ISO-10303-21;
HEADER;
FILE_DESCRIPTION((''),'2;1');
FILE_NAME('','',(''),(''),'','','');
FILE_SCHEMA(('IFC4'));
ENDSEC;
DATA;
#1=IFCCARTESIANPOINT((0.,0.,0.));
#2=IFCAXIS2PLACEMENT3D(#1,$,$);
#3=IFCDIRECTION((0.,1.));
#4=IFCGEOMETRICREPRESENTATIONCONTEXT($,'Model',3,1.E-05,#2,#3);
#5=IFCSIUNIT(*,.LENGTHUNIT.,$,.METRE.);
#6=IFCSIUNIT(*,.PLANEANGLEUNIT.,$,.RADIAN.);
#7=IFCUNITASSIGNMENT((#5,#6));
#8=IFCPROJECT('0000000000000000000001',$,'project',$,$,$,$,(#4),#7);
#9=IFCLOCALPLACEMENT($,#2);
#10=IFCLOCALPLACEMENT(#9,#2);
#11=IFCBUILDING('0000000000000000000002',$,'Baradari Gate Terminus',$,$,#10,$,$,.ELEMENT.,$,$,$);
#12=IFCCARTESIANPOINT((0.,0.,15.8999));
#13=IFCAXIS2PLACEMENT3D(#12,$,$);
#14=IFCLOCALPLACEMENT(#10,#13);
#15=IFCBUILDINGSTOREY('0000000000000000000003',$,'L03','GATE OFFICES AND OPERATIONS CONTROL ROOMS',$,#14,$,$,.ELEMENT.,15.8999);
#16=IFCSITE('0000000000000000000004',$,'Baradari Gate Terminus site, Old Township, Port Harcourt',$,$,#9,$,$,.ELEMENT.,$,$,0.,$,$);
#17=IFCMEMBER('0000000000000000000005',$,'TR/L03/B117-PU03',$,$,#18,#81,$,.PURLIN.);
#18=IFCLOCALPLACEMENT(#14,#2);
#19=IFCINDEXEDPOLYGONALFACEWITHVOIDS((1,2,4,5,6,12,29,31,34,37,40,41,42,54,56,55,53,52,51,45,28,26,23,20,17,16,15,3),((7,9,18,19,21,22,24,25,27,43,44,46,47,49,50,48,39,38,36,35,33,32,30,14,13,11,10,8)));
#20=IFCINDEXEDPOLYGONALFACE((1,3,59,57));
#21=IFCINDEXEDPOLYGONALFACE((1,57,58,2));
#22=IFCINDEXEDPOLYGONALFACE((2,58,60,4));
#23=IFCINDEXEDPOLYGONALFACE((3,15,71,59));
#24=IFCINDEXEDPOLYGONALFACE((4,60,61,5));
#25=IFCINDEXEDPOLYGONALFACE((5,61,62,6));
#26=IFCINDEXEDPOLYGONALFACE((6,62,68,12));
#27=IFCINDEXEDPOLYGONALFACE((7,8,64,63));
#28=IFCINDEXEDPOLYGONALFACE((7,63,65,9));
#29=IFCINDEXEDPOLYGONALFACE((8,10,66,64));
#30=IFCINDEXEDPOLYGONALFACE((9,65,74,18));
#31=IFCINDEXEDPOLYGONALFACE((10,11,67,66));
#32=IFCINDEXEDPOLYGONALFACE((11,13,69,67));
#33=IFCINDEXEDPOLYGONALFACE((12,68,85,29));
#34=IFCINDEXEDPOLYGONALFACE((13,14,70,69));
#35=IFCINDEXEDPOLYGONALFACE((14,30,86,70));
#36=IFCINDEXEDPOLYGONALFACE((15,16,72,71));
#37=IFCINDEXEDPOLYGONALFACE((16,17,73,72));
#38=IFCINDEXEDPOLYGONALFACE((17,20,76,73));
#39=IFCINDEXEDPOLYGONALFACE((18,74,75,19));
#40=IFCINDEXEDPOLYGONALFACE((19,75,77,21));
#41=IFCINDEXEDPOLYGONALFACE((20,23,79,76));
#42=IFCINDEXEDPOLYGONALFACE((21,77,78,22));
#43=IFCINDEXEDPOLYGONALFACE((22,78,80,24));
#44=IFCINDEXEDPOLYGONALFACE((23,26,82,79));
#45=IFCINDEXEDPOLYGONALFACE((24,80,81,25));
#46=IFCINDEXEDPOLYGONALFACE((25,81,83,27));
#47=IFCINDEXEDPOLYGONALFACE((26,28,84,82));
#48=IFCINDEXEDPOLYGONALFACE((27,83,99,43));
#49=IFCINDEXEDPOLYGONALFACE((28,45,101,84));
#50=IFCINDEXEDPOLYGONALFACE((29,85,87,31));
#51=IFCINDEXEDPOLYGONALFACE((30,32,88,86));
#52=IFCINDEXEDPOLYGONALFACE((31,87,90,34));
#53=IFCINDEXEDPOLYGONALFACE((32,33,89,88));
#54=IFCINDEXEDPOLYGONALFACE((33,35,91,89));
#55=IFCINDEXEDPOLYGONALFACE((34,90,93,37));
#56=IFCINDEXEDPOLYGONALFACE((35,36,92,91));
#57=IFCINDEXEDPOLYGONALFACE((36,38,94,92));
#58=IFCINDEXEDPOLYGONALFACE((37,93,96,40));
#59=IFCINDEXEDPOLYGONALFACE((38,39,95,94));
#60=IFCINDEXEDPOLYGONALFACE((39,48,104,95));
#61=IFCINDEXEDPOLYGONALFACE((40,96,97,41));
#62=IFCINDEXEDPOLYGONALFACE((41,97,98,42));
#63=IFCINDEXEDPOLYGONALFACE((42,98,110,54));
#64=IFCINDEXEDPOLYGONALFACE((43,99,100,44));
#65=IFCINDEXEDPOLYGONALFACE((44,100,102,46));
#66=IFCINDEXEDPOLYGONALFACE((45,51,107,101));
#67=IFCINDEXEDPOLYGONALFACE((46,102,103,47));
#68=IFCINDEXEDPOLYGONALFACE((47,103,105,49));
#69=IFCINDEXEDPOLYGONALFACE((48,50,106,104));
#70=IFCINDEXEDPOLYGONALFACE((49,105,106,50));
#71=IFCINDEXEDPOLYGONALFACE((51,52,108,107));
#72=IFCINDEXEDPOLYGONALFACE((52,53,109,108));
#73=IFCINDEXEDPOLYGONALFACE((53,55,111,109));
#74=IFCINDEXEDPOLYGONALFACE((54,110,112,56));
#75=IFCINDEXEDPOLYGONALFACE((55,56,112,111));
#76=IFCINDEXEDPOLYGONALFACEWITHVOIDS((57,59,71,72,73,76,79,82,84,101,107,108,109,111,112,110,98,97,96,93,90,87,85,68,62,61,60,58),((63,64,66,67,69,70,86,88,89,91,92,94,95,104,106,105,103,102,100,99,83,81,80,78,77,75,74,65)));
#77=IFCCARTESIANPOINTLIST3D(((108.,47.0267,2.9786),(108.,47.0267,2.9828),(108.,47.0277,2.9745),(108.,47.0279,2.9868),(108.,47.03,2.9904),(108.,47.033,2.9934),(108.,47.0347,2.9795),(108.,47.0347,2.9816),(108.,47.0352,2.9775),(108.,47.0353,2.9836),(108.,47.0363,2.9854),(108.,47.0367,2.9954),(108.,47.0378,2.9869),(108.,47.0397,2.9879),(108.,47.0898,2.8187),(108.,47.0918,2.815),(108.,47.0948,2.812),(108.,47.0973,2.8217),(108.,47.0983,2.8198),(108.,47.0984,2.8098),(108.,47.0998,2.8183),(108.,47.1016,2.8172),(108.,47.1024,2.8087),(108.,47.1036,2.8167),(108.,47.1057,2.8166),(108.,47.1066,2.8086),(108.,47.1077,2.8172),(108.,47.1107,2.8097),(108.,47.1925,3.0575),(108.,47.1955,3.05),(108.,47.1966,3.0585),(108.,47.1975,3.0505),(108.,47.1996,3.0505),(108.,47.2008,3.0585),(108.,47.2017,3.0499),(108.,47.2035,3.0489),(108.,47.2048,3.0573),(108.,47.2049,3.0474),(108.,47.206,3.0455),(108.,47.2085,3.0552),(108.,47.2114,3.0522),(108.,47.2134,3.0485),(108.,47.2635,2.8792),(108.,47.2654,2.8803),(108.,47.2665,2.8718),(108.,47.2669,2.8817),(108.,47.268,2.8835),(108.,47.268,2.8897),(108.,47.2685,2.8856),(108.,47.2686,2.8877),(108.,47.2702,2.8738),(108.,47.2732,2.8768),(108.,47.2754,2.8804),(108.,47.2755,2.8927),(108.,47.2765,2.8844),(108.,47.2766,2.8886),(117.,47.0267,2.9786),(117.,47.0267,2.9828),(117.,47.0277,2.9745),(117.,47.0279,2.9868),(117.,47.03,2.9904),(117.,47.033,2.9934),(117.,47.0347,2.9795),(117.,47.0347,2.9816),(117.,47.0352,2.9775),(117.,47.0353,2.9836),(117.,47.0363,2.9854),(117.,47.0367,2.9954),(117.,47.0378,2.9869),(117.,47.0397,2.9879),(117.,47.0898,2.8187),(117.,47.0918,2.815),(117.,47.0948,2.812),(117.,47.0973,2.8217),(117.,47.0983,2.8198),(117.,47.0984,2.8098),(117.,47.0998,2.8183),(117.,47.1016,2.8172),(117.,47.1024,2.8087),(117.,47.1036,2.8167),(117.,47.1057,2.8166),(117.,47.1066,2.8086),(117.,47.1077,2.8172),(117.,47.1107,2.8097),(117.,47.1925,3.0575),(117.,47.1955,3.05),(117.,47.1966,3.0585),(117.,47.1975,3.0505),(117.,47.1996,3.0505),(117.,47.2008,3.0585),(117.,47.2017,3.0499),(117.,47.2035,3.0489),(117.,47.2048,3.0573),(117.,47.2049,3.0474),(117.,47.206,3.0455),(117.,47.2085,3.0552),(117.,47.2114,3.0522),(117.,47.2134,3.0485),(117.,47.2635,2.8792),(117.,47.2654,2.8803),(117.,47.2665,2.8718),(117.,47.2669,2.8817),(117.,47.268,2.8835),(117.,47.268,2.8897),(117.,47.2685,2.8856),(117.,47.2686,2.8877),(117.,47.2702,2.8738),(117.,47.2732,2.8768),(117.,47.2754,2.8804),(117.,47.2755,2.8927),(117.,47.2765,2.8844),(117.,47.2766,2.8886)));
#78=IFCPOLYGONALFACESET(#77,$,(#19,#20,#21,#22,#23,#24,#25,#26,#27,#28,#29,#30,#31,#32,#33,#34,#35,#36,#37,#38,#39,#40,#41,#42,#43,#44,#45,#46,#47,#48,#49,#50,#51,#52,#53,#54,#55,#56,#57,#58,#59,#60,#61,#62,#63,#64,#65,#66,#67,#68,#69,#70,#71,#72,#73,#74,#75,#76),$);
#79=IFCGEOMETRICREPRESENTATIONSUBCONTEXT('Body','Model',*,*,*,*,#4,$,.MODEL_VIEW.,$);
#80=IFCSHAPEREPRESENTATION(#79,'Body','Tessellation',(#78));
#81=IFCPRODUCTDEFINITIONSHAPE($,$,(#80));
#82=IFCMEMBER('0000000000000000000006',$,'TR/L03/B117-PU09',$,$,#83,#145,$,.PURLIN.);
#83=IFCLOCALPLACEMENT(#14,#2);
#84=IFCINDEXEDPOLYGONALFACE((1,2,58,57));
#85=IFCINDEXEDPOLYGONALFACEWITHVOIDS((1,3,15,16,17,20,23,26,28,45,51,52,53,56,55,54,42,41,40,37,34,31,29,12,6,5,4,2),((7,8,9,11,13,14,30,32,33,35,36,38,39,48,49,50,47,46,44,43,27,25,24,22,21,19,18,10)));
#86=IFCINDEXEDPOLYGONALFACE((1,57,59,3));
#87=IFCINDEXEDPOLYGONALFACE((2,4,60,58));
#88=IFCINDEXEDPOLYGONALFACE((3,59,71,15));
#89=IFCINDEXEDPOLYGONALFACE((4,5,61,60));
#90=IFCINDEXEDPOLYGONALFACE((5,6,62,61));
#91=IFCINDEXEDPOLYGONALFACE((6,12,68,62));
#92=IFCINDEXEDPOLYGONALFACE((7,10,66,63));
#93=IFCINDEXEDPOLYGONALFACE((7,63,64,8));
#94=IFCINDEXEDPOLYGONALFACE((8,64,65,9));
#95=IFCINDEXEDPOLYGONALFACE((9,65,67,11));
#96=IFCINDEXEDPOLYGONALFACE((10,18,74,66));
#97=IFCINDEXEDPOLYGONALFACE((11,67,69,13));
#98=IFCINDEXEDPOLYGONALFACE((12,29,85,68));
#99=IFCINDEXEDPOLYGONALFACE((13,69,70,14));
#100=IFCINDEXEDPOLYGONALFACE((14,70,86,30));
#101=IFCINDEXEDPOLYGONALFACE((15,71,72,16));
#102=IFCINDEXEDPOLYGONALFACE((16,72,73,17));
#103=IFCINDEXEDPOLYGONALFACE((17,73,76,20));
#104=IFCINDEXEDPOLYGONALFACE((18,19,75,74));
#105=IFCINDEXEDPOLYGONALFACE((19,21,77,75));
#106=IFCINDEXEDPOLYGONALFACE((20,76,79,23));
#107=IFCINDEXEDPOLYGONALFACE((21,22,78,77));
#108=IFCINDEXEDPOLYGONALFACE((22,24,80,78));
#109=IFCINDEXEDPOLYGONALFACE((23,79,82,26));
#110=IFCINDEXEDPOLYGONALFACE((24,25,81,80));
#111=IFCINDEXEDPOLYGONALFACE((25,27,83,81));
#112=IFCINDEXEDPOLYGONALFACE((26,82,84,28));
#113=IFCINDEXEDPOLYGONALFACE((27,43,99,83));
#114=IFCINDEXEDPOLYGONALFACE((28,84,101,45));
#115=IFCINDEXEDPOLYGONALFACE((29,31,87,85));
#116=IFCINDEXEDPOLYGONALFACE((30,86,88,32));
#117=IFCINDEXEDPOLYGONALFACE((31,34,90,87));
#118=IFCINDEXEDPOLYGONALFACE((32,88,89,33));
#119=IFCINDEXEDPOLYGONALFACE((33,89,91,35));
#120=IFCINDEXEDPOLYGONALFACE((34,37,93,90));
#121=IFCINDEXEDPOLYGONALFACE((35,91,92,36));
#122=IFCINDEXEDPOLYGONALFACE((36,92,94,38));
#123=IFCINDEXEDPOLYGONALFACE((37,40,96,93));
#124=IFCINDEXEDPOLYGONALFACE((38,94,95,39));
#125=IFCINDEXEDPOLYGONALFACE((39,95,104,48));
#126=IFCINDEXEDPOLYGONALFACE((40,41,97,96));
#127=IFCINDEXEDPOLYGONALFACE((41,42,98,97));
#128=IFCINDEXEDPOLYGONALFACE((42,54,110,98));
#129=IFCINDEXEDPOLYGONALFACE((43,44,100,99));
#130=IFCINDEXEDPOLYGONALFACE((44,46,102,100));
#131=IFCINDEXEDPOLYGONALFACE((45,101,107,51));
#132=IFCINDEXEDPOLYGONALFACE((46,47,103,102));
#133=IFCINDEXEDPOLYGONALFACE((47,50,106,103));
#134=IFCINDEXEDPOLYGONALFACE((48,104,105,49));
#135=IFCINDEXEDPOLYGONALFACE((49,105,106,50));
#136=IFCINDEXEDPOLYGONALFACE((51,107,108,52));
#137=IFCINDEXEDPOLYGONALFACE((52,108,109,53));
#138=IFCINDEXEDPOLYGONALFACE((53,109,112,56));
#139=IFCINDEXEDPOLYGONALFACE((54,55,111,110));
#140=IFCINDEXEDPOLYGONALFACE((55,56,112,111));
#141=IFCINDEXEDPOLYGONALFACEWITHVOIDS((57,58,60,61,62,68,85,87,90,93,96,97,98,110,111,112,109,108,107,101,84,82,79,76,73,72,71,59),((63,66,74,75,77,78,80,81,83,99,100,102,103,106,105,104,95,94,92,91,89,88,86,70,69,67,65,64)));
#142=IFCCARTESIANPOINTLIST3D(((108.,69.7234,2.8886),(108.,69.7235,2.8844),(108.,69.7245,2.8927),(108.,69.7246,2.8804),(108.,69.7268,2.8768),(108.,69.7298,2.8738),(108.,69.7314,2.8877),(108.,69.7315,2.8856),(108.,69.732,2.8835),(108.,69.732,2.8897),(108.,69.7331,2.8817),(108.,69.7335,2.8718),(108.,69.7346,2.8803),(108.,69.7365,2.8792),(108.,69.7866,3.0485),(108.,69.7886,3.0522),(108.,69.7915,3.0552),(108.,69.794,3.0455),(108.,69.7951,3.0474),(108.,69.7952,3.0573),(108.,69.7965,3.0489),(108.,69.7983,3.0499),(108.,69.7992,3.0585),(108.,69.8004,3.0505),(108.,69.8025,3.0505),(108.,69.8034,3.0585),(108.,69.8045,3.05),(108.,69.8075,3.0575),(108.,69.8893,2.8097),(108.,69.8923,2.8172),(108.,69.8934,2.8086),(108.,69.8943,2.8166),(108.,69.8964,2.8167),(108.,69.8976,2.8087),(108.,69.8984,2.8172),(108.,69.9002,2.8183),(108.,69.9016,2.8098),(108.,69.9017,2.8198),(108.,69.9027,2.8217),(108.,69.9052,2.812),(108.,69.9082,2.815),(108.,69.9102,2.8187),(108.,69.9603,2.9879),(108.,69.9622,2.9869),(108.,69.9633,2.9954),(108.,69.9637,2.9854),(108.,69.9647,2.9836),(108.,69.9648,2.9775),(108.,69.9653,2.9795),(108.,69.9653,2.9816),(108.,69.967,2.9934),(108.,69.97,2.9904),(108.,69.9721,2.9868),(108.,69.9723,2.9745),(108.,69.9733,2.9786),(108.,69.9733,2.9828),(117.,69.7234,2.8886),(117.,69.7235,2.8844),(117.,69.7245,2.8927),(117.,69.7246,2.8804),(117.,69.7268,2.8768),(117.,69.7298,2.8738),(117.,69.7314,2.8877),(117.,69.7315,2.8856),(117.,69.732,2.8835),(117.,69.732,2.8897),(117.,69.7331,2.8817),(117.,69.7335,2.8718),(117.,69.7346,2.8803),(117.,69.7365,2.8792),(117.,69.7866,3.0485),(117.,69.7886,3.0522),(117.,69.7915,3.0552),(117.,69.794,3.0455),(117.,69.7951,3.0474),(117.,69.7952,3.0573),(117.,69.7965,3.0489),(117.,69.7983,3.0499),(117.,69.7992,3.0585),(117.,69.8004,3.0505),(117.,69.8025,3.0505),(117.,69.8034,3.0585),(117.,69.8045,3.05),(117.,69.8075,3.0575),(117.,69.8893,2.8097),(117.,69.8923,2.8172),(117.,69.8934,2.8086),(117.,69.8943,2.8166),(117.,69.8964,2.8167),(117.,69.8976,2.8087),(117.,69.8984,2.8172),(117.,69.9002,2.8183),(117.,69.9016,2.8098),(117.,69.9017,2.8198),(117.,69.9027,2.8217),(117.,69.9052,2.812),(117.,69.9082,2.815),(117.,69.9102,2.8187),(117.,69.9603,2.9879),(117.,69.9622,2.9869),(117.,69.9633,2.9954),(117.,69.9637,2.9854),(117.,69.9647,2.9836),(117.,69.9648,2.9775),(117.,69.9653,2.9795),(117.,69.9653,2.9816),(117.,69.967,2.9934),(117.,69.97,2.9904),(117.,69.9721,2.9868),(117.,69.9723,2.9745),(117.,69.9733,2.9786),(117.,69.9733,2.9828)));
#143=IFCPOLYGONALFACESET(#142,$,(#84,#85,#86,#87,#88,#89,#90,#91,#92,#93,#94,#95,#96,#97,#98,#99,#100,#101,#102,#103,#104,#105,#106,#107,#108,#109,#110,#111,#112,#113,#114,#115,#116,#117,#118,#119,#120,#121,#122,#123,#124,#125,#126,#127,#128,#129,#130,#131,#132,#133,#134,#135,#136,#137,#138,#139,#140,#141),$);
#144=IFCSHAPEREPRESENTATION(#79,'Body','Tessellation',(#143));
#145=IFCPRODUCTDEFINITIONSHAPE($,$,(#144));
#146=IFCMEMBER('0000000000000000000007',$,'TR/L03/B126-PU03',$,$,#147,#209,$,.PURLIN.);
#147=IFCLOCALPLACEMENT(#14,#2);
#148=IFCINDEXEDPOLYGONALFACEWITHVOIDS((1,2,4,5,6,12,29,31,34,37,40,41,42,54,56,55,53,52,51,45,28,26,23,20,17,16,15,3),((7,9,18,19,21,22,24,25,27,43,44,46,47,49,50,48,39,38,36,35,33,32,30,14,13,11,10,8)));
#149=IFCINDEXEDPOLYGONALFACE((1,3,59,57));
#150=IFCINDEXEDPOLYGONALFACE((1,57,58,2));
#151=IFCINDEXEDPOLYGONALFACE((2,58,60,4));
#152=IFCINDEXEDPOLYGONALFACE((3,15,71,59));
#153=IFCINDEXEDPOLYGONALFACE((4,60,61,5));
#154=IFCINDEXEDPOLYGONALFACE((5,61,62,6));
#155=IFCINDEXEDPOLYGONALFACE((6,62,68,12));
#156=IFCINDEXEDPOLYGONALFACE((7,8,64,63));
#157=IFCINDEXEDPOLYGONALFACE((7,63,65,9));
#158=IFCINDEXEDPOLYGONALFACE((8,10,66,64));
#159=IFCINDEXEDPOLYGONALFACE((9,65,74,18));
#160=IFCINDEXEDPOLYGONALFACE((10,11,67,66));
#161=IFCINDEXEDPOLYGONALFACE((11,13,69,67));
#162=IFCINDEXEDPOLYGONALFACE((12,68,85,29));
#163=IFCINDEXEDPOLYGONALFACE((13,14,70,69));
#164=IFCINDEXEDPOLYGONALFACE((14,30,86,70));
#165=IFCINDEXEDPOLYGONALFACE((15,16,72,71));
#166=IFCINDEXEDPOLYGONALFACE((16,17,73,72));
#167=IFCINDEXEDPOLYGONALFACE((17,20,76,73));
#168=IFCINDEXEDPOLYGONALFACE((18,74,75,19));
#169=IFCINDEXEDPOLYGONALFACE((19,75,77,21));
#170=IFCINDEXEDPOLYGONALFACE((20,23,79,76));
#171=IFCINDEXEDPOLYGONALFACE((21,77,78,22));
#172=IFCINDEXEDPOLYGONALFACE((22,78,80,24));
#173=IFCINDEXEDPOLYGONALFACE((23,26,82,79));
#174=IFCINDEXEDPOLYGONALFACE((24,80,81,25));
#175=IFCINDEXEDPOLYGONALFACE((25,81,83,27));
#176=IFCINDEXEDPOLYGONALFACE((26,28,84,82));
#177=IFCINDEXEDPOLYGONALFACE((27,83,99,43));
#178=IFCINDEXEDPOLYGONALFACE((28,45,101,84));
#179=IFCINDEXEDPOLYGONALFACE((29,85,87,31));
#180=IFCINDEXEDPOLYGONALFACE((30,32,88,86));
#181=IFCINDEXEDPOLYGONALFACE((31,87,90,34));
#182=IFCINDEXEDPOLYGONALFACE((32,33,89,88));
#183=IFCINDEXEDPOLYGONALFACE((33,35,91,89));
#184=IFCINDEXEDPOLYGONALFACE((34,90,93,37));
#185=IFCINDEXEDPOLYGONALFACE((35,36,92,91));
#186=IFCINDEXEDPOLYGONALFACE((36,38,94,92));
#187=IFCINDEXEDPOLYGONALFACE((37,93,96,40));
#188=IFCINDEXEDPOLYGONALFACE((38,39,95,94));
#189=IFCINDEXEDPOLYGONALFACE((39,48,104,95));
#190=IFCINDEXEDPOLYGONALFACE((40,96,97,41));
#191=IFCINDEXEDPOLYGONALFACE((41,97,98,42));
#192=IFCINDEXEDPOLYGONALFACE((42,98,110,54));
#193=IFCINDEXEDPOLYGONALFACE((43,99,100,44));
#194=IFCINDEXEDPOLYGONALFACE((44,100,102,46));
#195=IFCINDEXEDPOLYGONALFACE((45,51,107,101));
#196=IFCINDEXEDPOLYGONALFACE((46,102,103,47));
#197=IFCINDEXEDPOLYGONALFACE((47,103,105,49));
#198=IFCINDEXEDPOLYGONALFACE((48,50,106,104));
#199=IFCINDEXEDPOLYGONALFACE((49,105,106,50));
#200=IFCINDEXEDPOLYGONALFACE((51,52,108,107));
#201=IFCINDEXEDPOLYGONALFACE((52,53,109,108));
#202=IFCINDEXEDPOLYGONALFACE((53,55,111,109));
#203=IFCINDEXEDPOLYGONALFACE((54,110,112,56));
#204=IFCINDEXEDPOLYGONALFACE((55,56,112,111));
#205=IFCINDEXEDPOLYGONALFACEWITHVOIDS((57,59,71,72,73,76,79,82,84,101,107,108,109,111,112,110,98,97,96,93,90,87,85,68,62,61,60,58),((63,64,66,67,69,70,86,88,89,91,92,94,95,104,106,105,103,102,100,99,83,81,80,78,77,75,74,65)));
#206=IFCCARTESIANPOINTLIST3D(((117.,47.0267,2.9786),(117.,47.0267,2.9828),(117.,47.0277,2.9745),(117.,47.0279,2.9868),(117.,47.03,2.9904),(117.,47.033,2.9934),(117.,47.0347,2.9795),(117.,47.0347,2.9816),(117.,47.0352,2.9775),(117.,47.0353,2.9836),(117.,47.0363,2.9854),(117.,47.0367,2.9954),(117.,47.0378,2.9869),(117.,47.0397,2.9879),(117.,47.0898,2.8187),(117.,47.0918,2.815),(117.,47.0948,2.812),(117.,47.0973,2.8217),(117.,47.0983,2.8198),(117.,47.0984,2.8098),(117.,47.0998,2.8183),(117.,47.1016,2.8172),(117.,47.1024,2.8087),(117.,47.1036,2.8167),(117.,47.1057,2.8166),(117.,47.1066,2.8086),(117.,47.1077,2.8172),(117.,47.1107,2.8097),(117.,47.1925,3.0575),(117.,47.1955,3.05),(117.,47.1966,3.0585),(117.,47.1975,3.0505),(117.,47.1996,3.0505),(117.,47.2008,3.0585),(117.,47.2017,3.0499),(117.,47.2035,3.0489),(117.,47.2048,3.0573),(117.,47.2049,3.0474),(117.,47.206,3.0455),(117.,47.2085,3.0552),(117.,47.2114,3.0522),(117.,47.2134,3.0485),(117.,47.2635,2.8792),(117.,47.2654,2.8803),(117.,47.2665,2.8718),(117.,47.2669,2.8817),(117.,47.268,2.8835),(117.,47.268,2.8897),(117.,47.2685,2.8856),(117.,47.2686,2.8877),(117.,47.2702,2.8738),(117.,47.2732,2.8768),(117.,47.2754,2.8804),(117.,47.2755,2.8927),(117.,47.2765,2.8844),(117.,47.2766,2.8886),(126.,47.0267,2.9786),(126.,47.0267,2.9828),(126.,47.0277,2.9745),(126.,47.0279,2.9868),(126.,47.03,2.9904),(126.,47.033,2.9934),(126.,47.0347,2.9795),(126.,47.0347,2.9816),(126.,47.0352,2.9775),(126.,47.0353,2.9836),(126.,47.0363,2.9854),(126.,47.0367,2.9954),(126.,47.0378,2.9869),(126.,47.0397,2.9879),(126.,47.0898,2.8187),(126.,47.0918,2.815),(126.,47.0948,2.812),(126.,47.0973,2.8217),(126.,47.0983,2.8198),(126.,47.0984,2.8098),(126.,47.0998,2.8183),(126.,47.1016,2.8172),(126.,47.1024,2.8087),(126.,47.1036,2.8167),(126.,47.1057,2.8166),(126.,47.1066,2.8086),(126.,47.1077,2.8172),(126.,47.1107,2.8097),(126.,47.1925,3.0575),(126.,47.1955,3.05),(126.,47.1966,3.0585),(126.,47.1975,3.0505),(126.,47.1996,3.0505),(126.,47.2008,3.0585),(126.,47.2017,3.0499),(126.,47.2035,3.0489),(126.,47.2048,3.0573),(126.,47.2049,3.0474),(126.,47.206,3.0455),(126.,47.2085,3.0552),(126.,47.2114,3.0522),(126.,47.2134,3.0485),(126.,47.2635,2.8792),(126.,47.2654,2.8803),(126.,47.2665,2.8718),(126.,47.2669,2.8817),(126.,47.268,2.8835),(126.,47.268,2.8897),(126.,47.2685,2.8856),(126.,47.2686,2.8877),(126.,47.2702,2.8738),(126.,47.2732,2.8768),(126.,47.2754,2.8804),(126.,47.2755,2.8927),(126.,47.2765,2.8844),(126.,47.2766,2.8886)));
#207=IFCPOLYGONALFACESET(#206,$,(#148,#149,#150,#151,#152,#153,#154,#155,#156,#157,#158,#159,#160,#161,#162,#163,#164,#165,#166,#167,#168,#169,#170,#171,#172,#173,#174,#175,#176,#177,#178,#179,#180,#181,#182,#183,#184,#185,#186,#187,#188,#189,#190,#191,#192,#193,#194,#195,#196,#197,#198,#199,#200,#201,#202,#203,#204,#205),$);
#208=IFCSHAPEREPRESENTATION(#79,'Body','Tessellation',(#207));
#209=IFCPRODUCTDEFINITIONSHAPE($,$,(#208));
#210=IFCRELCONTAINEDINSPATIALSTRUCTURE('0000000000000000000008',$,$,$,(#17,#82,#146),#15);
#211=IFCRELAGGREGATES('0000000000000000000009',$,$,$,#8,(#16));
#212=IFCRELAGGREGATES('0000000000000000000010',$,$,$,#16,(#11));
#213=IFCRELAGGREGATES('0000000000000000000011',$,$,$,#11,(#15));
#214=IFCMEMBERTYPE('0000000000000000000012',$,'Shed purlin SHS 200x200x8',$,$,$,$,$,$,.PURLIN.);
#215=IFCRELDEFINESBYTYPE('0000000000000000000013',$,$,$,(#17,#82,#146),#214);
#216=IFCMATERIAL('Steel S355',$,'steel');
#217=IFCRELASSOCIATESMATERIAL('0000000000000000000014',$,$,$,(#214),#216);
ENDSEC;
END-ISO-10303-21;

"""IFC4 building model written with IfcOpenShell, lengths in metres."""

from ifc_helpers import new_model, si_unit, direction, frame, origin, origin_2d, place, context, subcontext, project, spatial, hollow_rectangle, extrude, material, material_profile, profile_set, type_object, element, save


model = new_model("IFC4")

# Units and contexts
model_context = context("Model", 3, precision=1e-05, world=origin(), true_north=direction((0.0, 1.0)))
body_context = subcontext(model_context, "Body", "Model", "MODEL_VIEW")
ifc_project = project(units=[si_unit("LENGTHUNIT", "METRE"), si_unit("PLANEANGLEUNIT", "RADIAN")], contexts=[model_context])

# Site, building, storey
site_placement = place(None, origin())
site = spatial("IfcSite", under=ifc_project, at=site_placement, Name="Baradari Gate Terminus site, Old Township, Port Harcourt", CompositionType="ELEMENT", RefElevation=0.0)
building_placement = place(site_placement, origin())
building = spatial("IfcBuilding", under=site, at=building_placement, Name="Baradari Gate Terminus", CompositionType="ELEMENT")
storey_placement = place(building_placement, frame((0.0, 0.0, 15.8999)))
storey = spatial("IfcBuildingStorey", under=building, at=storey_placement, Name="L03", Description="GATE OFFICES AND OPERATIONS CONTROL ROOMS", CompositionType="ELEMENT", Elevation=15.8999)

# Members
ifc_material_1 = material(Name="Steel S355", Category="steel")
ifc_material_profile_1 = material_profile(ifc_material_1, hollow_rectangle(XDim=0.2, YDim=0.2, WallThickness=0.0081, InnerFilletRadius=0.0081, OuterFilletRadius=0.0161, at=origin_2d()), Name="SHS 200x200x8")
ifc_profile_set_1 = profile_set([ifc_material_profile_1], Name="Steel S355")
member_type_1 = type_object("IfcMemberType", Name="Shed purlin SHS 200x200x8", PredefinedType="PURLIN", material=ifc_profile_set_1)
for number, where, z_axis, x_axis, name in (
    (1, (108.0, 47.1516, 2.9336), (1.0, 0.0, 0.0), (0.0, 0.928965, 0.370167), "TR/L03/B117-PU03"),
    (2, (108.0, 69.8484, 2.9336), (1.0, 0.0, 0.0), (0.0, 0.928965, -0.370167), "TR/L03/B117-PU09"),
    (3, (117.0, 47.1516, 2.9336), (1.0, 0.0, 0.0), (0.0, 0.928965, 0.370167), "TR/L03/B126-PU03"),
):
    element("IfcMember", number, at=place(storey_placement, frame(where, z_axis=z_axis, x_axis=x_axis)), inside=storey, type_object=member_type_1, Name=name, PredefinedType="PURLIN", context=body_context, shape_type="SweptSolid", body=[
        extrude(hollow_rectangle(XDim=0.2, YDim=0.2, WallThickness=0.0081, InnerFilletRadius=0.0081, OuterFilletRadius=0.0161, at=origin_2d()), origin(), (0.0, 0.0, 1.0), 9.0),
    ])

save(model, "model.ifc")
